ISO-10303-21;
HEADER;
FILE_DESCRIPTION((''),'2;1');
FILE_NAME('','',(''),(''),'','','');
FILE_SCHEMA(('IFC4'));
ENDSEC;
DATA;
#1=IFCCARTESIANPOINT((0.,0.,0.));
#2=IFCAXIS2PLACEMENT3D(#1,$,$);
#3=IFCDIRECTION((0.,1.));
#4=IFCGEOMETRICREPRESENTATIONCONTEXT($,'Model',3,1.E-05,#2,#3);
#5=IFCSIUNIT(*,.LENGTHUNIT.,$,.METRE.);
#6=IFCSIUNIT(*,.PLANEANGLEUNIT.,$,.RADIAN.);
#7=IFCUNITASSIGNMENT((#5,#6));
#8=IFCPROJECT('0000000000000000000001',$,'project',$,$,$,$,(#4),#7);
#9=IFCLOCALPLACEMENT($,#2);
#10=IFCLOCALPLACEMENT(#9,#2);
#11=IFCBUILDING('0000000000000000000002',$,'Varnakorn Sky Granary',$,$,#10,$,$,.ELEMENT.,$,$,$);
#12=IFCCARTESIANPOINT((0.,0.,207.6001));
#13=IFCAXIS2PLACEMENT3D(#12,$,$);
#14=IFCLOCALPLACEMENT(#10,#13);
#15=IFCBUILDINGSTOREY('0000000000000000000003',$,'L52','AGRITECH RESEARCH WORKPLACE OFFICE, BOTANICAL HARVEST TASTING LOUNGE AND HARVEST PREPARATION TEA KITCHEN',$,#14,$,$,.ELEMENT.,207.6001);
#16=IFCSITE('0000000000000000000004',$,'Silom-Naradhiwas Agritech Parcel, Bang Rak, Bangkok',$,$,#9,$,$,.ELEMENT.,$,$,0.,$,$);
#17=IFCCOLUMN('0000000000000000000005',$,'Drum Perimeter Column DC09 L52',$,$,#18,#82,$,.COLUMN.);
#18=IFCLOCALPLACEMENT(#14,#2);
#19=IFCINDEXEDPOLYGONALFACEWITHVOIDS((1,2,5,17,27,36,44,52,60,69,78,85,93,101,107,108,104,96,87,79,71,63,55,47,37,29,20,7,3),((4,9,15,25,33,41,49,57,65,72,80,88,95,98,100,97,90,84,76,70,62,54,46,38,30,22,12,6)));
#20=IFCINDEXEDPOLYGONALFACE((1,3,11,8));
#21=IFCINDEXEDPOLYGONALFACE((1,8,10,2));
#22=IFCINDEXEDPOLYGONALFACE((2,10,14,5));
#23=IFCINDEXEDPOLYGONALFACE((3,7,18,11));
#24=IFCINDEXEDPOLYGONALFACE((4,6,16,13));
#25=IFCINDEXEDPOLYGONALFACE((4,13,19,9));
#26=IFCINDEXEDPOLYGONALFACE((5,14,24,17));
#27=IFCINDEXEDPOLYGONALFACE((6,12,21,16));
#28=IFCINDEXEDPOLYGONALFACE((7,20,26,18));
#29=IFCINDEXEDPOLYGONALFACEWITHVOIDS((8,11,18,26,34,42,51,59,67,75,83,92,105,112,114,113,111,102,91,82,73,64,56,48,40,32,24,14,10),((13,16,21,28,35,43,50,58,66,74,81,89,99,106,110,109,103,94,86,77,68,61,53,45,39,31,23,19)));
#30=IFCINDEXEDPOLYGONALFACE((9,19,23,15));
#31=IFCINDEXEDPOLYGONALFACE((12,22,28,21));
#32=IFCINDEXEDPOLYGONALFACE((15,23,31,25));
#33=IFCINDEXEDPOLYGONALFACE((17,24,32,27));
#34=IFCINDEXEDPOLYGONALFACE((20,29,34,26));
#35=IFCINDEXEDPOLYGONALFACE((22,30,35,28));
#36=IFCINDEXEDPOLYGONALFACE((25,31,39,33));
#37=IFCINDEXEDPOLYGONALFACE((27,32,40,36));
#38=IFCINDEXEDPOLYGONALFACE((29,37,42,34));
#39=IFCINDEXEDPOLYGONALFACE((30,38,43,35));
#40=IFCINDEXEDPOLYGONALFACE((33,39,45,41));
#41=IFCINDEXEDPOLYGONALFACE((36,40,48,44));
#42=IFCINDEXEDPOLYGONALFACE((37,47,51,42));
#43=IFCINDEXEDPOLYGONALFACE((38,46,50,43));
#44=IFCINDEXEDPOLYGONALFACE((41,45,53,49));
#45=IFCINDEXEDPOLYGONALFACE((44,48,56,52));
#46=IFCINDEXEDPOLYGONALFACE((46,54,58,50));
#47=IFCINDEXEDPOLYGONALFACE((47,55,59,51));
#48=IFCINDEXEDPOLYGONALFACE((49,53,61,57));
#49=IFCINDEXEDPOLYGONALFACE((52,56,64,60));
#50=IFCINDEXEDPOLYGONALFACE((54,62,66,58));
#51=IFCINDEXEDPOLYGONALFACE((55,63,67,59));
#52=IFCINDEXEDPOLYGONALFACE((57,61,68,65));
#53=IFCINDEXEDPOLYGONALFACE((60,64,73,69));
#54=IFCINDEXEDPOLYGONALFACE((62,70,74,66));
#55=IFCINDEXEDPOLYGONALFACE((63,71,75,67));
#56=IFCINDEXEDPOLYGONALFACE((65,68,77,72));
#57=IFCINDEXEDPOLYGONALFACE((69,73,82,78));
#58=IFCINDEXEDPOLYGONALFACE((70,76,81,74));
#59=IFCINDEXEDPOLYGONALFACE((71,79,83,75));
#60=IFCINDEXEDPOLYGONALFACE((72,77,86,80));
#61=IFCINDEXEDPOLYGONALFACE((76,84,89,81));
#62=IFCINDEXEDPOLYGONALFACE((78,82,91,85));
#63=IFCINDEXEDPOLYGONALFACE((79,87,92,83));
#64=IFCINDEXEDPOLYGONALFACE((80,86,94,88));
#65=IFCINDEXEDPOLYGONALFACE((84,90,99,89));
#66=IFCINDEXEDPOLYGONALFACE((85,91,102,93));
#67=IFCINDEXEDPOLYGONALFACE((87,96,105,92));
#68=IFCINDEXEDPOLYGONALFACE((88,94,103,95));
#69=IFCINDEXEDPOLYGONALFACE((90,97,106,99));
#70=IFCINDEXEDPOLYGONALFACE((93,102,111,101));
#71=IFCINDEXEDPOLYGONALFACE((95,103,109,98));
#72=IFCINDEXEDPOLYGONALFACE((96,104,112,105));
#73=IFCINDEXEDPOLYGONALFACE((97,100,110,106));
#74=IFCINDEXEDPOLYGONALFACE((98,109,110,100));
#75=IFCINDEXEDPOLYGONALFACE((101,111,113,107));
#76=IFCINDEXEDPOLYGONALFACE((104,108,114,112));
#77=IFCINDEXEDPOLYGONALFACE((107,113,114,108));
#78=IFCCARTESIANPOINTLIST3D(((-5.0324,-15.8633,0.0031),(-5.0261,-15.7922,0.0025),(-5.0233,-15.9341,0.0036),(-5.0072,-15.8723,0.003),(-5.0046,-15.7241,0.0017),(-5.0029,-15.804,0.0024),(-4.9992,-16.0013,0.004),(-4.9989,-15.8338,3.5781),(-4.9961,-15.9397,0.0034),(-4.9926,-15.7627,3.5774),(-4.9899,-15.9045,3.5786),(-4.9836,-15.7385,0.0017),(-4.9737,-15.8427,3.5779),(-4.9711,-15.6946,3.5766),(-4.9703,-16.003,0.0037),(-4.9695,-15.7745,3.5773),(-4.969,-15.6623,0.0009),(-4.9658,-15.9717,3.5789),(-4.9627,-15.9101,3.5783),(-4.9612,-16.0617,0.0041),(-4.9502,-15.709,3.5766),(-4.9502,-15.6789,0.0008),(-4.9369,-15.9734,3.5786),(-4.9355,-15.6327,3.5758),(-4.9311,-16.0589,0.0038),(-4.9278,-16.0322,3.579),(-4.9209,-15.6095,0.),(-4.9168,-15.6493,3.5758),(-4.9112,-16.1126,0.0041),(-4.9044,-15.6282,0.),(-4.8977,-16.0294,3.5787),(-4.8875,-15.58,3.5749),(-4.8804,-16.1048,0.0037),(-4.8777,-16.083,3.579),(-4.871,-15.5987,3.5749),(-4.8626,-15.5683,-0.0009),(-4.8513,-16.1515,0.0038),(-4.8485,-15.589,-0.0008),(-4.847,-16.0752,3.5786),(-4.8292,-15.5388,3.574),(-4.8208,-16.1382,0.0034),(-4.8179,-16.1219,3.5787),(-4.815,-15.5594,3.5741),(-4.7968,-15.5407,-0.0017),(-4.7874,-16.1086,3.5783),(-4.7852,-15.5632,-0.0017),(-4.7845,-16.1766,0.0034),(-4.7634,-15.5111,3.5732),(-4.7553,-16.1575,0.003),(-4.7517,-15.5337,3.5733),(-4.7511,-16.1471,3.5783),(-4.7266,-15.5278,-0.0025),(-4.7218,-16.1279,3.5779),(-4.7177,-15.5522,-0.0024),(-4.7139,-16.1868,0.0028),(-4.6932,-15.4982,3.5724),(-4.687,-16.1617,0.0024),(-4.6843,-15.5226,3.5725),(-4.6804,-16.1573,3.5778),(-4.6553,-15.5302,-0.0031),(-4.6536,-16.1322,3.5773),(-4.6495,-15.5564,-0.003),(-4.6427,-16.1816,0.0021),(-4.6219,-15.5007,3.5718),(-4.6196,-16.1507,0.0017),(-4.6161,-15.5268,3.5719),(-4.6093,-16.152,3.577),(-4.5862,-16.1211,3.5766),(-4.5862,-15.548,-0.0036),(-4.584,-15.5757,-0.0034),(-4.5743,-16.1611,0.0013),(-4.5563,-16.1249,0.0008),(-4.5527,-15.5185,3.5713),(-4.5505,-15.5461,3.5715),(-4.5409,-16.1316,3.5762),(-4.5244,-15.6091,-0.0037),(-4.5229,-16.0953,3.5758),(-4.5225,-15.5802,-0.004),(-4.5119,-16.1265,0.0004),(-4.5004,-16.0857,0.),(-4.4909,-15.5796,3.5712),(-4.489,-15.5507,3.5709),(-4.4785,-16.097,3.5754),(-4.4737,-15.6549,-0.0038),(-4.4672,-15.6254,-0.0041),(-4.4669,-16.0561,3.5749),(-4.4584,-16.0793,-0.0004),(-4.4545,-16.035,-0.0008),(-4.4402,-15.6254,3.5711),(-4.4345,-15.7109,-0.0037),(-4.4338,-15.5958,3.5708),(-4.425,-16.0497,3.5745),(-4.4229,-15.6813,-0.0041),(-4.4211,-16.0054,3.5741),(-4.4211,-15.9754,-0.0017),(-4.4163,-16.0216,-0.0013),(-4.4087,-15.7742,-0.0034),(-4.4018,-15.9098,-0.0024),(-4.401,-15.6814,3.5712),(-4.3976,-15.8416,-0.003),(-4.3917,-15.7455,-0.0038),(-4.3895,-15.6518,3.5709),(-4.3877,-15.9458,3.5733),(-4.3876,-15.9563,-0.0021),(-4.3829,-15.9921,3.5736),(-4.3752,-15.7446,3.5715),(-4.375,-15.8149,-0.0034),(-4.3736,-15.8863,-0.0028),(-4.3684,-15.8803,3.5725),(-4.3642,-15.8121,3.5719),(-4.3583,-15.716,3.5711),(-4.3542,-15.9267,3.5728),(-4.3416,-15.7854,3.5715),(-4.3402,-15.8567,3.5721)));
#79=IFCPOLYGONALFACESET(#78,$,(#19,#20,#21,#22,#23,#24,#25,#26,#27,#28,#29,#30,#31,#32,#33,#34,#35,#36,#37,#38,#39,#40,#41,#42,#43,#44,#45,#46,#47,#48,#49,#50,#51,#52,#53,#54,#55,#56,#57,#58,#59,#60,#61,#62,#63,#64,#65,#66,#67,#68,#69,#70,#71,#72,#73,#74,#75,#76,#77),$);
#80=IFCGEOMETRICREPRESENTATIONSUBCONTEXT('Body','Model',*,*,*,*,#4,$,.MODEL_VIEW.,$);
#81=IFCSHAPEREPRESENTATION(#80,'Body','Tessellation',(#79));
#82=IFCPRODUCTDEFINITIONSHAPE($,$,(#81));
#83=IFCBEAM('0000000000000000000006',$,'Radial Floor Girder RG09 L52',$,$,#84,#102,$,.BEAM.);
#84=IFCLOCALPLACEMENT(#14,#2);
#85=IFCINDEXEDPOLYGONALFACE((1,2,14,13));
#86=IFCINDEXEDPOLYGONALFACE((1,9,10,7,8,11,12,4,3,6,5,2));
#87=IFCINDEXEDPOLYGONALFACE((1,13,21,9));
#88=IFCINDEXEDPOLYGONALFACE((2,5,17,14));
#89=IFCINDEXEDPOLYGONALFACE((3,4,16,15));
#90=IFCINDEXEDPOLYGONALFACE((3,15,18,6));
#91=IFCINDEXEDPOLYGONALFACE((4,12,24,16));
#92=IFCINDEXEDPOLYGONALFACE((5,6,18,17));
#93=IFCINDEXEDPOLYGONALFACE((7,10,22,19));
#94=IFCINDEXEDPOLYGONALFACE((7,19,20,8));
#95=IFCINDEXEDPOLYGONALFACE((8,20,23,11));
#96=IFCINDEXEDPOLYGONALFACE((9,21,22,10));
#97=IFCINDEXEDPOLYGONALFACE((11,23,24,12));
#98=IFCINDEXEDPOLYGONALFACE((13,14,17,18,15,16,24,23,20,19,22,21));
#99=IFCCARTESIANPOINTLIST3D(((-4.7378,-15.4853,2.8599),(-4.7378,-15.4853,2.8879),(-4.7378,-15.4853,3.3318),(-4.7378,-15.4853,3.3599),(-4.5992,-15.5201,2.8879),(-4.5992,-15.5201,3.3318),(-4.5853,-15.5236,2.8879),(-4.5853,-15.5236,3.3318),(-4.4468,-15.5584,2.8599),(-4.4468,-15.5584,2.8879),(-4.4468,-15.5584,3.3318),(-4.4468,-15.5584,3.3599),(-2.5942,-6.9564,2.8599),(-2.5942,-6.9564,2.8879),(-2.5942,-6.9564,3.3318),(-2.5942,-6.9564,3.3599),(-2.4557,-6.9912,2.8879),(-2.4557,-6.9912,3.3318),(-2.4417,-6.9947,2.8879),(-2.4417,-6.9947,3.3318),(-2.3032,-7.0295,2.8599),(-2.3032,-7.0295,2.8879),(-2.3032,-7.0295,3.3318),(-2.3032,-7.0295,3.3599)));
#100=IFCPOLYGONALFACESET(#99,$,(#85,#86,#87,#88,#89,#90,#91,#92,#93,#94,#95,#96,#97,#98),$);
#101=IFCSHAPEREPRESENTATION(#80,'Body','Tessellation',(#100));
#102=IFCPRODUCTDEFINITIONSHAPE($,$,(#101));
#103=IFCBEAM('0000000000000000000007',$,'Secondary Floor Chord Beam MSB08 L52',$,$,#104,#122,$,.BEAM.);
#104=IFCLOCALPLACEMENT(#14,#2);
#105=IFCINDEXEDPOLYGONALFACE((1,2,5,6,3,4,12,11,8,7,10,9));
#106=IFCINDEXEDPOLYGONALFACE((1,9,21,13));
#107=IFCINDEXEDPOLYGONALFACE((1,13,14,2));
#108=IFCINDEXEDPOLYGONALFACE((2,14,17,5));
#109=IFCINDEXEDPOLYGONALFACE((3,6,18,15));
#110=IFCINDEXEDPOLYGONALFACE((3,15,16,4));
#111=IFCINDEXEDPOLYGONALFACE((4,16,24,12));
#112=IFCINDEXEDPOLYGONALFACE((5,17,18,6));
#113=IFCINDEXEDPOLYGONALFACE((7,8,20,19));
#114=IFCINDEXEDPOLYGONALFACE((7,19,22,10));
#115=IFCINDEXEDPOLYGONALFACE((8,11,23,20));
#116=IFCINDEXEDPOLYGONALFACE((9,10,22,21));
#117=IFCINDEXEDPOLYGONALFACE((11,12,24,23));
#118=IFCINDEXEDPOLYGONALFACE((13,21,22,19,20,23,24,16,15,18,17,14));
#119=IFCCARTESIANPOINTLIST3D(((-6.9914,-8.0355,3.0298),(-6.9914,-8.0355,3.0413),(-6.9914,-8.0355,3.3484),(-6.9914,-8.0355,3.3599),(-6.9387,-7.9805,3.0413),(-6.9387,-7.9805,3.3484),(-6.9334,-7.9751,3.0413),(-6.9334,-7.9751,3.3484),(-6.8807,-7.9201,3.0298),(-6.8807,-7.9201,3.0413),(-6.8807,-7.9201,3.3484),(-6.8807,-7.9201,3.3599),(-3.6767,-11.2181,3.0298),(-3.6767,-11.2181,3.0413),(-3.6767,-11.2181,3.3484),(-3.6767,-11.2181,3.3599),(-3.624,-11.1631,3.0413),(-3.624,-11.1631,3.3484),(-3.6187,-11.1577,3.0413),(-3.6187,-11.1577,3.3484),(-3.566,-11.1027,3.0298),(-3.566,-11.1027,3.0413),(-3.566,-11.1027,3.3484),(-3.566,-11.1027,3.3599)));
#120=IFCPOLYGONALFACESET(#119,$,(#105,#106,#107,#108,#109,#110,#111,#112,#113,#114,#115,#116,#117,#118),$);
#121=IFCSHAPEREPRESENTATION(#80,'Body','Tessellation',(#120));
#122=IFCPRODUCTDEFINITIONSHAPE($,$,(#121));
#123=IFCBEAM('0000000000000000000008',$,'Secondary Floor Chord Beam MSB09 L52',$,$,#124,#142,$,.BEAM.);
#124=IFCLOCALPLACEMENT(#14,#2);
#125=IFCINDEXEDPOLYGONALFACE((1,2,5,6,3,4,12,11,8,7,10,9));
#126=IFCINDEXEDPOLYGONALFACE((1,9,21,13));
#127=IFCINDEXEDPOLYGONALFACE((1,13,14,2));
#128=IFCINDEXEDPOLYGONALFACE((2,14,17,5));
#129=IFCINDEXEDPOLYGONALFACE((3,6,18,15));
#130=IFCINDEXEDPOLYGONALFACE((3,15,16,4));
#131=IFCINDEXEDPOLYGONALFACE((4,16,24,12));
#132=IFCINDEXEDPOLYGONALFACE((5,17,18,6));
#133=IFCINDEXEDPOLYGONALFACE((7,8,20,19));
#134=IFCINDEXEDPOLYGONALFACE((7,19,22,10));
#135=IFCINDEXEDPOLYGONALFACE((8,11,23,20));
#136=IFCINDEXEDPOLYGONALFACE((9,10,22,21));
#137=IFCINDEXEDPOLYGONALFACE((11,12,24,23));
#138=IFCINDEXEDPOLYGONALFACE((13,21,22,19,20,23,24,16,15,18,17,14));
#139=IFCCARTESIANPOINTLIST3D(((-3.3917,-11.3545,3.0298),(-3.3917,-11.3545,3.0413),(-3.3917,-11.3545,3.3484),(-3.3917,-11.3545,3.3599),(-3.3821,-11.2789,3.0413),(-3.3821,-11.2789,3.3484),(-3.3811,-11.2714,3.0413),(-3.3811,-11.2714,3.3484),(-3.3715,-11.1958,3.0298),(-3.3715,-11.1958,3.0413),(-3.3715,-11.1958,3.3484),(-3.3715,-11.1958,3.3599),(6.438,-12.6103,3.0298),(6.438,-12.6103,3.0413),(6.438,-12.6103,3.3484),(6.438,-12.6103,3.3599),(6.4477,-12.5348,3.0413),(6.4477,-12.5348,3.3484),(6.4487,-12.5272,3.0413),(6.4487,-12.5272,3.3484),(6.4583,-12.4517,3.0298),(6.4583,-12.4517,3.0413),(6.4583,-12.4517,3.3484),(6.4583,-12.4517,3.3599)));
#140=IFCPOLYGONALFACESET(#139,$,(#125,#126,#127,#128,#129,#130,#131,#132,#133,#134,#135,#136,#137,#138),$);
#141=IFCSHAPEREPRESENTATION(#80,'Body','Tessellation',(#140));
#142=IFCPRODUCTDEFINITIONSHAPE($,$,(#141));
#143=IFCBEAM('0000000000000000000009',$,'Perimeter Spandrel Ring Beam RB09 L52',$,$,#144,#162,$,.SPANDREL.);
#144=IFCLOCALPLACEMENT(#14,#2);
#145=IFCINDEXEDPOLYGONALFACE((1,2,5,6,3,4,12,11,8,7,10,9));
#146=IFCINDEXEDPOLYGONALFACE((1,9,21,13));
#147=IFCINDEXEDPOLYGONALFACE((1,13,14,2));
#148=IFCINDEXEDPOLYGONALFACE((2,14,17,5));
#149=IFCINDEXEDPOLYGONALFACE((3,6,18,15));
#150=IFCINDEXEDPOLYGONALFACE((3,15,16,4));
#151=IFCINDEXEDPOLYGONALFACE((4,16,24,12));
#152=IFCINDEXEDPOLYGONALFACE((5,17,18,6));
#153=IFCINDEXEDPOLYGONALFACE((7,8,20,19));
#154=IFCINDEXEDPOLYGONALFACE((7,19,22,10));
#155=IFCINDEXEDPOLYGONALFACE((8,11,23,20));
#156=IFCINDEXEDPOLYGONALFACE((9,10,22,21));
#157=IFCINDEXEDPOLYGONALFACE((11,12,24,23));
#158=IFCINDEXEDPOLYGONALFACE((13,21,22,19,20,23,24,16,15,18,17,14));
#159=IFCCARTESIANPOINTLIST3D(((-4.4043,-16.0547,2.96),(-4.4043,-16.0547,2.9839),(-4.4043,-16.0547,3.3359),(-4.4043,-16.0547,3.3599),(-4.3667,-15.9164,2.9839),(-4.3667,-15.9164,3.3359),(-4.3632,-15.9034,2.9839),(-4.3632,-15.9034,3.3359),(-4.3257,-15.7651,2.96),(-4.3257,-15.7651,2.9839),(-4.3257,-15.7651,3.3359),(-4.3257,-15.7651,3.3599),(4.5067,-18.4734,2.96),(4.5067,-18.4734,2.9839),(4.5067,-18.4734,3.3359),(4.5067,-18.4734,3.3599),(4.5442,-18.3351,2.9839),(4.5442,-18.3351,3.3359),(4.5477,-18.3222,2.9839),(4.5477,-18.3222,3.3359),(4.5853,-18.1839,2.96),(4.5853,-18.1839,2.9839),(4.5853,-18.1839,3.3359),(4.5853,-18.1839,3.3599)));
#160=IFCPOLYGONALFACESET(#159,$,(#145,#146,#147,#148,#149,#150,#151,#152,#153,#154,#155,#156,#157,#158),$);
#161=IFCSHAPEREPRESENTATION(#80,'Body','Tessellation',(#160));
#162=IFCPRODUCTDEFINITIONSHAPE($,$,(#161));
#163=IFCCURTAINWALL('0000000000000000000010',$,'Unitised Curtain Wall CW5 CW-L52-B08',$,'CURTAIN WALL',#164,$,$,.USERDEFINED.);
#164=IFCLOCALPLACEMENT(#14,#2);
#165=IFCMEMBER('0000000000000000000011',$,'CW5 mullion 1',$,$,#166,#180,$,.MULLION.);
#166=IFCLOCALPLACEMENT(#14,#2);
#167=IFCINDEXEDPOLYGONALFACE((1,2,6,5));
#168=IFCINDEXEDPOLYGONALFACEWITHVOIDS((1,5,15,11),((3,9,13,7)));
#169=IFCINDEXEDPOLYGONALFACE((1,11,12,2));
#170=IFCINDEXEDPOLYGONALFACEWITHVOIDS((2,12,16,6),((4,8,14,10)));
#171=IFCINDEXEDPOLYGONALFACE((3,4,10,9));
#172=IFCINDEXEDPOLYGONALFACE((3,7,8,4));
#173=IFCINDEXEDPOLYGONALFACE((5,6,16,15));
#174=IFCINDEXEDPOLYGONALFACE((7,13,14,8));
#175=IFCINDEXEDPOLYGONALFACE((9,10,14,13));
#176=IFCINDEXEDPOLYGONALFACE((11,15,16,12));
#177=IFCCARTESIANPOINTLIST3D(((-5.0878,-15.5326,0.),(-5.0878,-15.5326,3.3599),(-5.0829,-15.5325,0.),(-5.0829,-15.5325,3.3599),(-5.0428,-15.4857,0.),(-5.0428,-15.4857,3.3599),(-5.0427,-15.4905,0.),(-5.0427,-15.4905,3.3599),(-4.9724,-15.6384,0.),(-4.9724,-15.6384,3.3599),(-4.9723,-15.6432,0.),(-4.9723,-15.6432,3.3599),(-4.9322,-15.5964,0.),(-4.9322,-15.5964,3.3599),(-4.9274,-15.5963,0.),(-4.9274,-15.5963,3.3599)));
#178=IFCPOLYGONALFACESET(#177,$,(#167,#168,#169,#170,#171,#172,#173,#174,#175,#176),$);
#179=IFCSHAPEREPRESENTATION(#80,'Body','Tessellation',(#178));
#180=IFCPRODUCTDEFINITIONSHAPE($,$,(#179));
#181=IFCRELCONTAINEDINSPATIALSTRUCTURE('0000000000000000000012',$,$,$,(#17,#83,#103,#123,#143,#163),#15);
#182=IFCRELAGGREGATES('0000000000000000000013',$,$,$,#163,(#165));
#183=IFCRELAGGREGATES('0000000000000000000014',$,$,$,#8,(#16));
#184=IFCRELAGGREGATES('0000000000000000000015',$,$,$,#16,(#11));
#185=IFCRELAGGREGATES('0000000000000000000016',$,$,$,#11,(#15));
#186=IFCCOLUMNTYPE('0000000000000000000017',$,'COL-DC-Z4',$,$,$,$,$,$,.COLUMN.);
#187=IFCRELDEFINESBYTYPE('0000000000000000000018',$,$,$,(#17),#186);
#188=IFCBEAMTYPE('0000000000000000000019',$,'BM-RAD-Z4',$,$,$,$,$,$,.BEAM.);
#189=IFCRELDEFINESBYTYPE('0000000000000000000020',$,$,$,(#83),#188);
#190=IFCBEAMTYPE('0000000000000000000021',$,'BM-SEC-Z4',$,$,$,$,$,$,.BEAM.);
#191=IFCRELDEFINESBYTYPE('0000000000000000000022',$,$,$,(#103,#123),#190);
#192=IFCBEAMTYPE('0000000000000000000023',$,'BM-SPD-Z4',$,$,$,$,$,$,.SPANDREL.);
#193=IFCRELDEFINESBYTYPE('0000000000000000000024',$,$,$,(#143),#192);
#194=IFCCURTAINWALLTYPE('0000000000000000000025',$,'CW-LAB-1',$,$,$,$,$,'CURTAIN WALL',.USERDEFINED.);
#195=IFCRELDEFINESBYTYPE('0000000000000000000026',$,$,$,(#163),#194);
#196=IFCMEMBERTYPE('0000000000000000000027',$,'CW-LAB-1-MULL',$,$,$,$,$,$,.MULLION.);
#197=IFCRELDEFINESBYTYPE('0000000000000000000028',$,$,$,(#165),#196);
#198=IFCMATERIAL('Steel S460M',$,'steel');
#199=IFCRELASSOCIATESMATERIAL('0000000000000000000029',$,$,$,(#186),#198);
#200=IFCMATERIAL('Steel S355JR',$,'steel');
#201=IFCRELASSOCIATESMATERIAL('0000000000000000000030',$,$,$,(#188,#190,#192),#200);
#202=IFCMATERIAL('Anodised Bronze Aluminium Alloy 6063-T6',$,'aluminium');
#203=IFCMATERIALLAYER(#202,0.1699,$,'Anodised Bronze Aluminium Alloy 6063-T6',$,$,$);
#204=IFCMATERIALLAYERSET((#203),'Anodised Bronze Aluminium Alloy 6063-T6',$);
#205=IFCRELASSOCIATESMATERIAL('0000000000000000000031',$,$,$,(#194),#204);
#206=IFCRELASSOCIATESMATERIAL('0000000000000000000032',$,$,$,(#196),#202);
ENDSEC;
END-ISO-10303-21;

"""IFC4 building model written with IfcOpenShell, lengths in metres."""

from ifc_helpers import new_model, si_unit, direction, frame, origin, origin_2d, place, context, subcontext, project, spatial, hollow_rectangle, hollow_circle, i_section, extrude, material, layer, layer_set, material_profile, profile_set, type_object, element, aggregate, save


model = new_model("IFC4")

# Units and contexts
model_context = context("Model", 3, precision=1e-05, world=origin(), true_north=direction((0.0, 1.0)))
body_context = subcontext(model_context, "Body", "Model", "MODEL_VIEW")
ifc_project = project(units=[si_unit("LENGTHUNIT", "METRE"), si_unit("PLANEANGLEUNIT", "RADIAN")], contexts=[model_context])

# Site, building, storey
site_placement = place(None, origin())
site = spatial("IfcSite", under=ifc_project, at=site_placement, Name="Silom-Naradhiwas Agritech Parcel, Bang Rak, Bangkok", CompositionType="ELEMENT", RefElevation=0.0)
building_placement = place(site_placement, origin())
building = spatial("IfcBuilding", under=site, at=building_placement, Name="Varnakorn Sky Granary", CompositionType="ELEMENT")
storey_placement = place(building_placement, frame((0.0, 0.0, 207.6001)))
storey = spatial("IfcBuildingStorey", under=building, at=storey_placement, Name="L52", Description="AGRITECH RESEARCH WORKPLACE OFFICE, BOTANICAL HARVEST TASTING LOUNGE AND HARVEST PREPARATION TEA KITCHEN", CompositionType="ELEMENT", Elevation=207.6001)

# Column
ifc_material_1 = material(Name="Steel S460M", Category="steel")
ifc_material_profile_1 = material_profile(ifc_material_1, hollow_circle(Radius=0.3301, WallThickness=0.0249, at=origin_2d()), Name="CHS 660x25")
ifc_profile_set_1 = profile_set([ifc_material_profile_1], Name="Steel S460M")
column_type = type_object("IfcColumnType", Name="COL-DC-Z4", PredefinedType="COLUMN", material=ifc_profile_set_1)
column_placement = place(storey_placement, frame((-4.7024, -15.8569, 0.0), z_axis=(0.009355, 0.008263, 0.999922), x_axis=(-0.661983, 0.749518, 0.0)))
element("IfcColumn", 1, at=column_placement, inside=storey, type_object=column_type, Name="Drum Perimeter Column DC09 L52", PredefinedType="COLUMN", context=body_context, shape_type="SweptSolid", body=[
    extrude(hollow_circle(Radius=0.3301, WallThickness=0.0249, at=origin_2d()), origin(), (0.0, 0.0, 1.0), 3.5752),
])

# Beams
ifc_material_2 = material(Name="Steel S355JR", Category="steel")
ifc_material_profile_2 = material_profile(ifc_material_2, i_section(OverallWidth=0.3, OverallDepth=0.5, WebThickness=0.0144, FlangeThickness=0.0281, at=origin_2d()), Name="HE 500 B")
ifc_profile_set_2 = profile_set([ifc_material_profile_2], Name="Steel S355JR")
beam_type_1 = type_object("IfcBeamType", Name="BM-RAD-Z4", PredefinedType="BEAM", material=ifc_profile_set_2)
beam_1_placement = place(storey_placement, frame((-2.4487, -6.9929, 3.1099), z_axis=(-0.243744, -0.96984, 0.0), x_axis=(0.96984, -0.243744, 0.0)))
element("IfcBeam", 2, at=beam_1_placement, inside=storey, type_object=beam_type_1, Name="Radial Floor Girder RG09 L52", PredefinedType="BEAM", context=body_context, shape_type="SweptSolid", body=[
    extrude(i_section(OverallWidth=0.3, OverallDepth=0.5, WebThickness=0.0144, FlangeThickness=0.0281, at=origin_2d()), origin(), (0.0, 0.0, 1.0), 8.7942),
])
ifc_material_profile_3 = material_profile(ifc_material_2, i_section(OverallWidth=0.1599, OverallDepth=0.3301, WebThickness=0.0076, FlangeThickness=0.0115, at=origin_2d()), Name="IPE 330")
ifc_profile_set_3 = profile_set([ifc_material_profile_3], Name="Steel S355JR")
beam_type_2 = type_object("IfcBeamType", Name="BM-SEC-Z4", PredefinedType="BEAM", material=ifc_profile_set_3)
beam_2_placement = place(storey_placement, frame((-6.936, -7.9778, 3.1948), z_axis=(0.721332, -0.692589, 0.0), x_axis=(0.692589, 0.721332, 0.0)))
element("IfcBeam", 3, at=beam_2_placement, inside=storey, type_object=beam_type_2, Name="Secondary Floor Chord Beam MSB08 L52", PredefinedType="BEAM", context=body_context, shape_type="SweptSolid", body=[
    extrude(i_section(OverallWidth=0.1599, OverallDepth=0.3301, WebThickness=0.0076, FlangeThickness=0.0115, at=origin_2d()), origin(), (0.0, 0.0, 1.0), 4.5952),
])
beam_3_placement = place(storey_placement, frame((-3.3816, -11.2751, 3.1948), z_axis=(0.991937, -0.12673, 0.0), x_axis=(0.12673, 0.991937, 0.0)))
element("IfcBeam", 4, at=beam_3_placement, inside=storey, type_object=beam_type_2, Name="Secondary Floor Chord Beam MSB09 L52", PredefinedType="BEAM", context=body_context, shape_type="SweptSolid", body=[
    extrude(i_section(OverallWidth=0.1599, OverallDepth=0.3301, WebThickness=0.0076, FlangeThickness=0.0115, at=origin_2d()), origin(), (0.0, 0.0, 1.0), 9.9097),
])
ifc_material_profile_4 = material_profile(ifc_material_2, i_section(OverallWidth=0.3, OverallDepth=0.3999, WebThickness=0.0134, FlangeThickness=0.0239, at=origin_2d()), Name="HE 400 B")
ifc_profile_set_4 = profile_set([ifc_material_profile_4], Name="Steel S355JR")
beam_type_3 = type_object("IfcBeamType", Name="BM-SPD-Z4", PredefinedType="SPANDREL", material=ifc_profile_set_4)
beam_4_placement = place(storey_placement, frame((-4.365, -15.9099, 3.1599), z_axis=(0.96508, -0.261954, 0.0), x_axis=(0.261954, 0.96508, 0.0)))
element("IfcBeam", 5, at=beam_4_placement, inside=storey, type_object=beam_type_3, Name="Perimeter Spandrel Ring Beam RB09 L52", PredefinedType="SPANDREL", context=body_context, shape_type="SweptSolid", body=[
    extrude(i_section(OverallWidth=0.3, OverallDepth=0.3999, WebThickness=0.0134, FlangeThickness=0.0239, at=origin_2d()), origin(), (0.0, 0.0, 1.0), 9.2334),
])

# Curtain wall, member
ifc_material_3 = material(Name="Anodised Bronze Aluminium Alloy 6063-T6", Category="aluminium")
ifc_layer_1 = layer(ifc_material_3, 0.1699, Name="Anodised Bronze Aluminium Alloy 6063-T6")
ifc_layer_set_1 = layer_set([ifc_layer_1], Name="Anodised Bronze Aluminium Alloy 6063-T6")
curtain_wall_type = type_object("IfcCurtainWallType", Name="CW-LAB-1", ElementType="CURTAIN WALL", PredefinedType="USERDEFINED", material=ifc_layer_set_1)
curtain_wall_placement = place(storey_placement, origin())
curtain_wall = element("IfcCurtainWall", 6, at=curtain_wall_placement, inside=storey, type_object=curtain_wall_type, Name="Unitised Curtain Wall CW5 CW-L52-B08", ObjectType="CURTAIN WALL", PredefinedType="USERDEFINED")
ifc_material_profile_5 = material_profile(ifc_material_3, hollow_rectangle(XDim=0.0649, YDim=0.1599, WallThickness=0.0034, at=origin_2d()), Name="ALU MULL 65x160")
ifc_profile_set_5 = profile_set([ifc_material_profile_5], Name="Anodised Bronze Aluminium Alloy 6063-T6")
member_type_1 = type_object("IfcMemberType", Name="CW-LAB-1-MULL", PredefinedType="MULLION", material=ifc_profile_set_5)
member_1_placement = place(storey_placement, frame((-5.0076, -15.5645, 0.0), z_axis=(0.0, 0.0, 1.0), x_axis=(-0.691923, -0.721971, 0.0)))
member_1 = element("IfcMember", 7, at=member_1_placement, type_object=member_type_1, Name="CW5 mullion 1", PredefinedType="MULLION", context=body_context, shape_type="SweptSolid", body=[
    extrude(hollow_rectangle(XDim=0.0649, YDim=0.1599, WallThickness=0.0034, at=origin_2d()), origin(), (0.0, 0.0, 1.0), 3.3599),
])

aggregate(curtain_wall, [member_1])

save(model, "model.ifc")
